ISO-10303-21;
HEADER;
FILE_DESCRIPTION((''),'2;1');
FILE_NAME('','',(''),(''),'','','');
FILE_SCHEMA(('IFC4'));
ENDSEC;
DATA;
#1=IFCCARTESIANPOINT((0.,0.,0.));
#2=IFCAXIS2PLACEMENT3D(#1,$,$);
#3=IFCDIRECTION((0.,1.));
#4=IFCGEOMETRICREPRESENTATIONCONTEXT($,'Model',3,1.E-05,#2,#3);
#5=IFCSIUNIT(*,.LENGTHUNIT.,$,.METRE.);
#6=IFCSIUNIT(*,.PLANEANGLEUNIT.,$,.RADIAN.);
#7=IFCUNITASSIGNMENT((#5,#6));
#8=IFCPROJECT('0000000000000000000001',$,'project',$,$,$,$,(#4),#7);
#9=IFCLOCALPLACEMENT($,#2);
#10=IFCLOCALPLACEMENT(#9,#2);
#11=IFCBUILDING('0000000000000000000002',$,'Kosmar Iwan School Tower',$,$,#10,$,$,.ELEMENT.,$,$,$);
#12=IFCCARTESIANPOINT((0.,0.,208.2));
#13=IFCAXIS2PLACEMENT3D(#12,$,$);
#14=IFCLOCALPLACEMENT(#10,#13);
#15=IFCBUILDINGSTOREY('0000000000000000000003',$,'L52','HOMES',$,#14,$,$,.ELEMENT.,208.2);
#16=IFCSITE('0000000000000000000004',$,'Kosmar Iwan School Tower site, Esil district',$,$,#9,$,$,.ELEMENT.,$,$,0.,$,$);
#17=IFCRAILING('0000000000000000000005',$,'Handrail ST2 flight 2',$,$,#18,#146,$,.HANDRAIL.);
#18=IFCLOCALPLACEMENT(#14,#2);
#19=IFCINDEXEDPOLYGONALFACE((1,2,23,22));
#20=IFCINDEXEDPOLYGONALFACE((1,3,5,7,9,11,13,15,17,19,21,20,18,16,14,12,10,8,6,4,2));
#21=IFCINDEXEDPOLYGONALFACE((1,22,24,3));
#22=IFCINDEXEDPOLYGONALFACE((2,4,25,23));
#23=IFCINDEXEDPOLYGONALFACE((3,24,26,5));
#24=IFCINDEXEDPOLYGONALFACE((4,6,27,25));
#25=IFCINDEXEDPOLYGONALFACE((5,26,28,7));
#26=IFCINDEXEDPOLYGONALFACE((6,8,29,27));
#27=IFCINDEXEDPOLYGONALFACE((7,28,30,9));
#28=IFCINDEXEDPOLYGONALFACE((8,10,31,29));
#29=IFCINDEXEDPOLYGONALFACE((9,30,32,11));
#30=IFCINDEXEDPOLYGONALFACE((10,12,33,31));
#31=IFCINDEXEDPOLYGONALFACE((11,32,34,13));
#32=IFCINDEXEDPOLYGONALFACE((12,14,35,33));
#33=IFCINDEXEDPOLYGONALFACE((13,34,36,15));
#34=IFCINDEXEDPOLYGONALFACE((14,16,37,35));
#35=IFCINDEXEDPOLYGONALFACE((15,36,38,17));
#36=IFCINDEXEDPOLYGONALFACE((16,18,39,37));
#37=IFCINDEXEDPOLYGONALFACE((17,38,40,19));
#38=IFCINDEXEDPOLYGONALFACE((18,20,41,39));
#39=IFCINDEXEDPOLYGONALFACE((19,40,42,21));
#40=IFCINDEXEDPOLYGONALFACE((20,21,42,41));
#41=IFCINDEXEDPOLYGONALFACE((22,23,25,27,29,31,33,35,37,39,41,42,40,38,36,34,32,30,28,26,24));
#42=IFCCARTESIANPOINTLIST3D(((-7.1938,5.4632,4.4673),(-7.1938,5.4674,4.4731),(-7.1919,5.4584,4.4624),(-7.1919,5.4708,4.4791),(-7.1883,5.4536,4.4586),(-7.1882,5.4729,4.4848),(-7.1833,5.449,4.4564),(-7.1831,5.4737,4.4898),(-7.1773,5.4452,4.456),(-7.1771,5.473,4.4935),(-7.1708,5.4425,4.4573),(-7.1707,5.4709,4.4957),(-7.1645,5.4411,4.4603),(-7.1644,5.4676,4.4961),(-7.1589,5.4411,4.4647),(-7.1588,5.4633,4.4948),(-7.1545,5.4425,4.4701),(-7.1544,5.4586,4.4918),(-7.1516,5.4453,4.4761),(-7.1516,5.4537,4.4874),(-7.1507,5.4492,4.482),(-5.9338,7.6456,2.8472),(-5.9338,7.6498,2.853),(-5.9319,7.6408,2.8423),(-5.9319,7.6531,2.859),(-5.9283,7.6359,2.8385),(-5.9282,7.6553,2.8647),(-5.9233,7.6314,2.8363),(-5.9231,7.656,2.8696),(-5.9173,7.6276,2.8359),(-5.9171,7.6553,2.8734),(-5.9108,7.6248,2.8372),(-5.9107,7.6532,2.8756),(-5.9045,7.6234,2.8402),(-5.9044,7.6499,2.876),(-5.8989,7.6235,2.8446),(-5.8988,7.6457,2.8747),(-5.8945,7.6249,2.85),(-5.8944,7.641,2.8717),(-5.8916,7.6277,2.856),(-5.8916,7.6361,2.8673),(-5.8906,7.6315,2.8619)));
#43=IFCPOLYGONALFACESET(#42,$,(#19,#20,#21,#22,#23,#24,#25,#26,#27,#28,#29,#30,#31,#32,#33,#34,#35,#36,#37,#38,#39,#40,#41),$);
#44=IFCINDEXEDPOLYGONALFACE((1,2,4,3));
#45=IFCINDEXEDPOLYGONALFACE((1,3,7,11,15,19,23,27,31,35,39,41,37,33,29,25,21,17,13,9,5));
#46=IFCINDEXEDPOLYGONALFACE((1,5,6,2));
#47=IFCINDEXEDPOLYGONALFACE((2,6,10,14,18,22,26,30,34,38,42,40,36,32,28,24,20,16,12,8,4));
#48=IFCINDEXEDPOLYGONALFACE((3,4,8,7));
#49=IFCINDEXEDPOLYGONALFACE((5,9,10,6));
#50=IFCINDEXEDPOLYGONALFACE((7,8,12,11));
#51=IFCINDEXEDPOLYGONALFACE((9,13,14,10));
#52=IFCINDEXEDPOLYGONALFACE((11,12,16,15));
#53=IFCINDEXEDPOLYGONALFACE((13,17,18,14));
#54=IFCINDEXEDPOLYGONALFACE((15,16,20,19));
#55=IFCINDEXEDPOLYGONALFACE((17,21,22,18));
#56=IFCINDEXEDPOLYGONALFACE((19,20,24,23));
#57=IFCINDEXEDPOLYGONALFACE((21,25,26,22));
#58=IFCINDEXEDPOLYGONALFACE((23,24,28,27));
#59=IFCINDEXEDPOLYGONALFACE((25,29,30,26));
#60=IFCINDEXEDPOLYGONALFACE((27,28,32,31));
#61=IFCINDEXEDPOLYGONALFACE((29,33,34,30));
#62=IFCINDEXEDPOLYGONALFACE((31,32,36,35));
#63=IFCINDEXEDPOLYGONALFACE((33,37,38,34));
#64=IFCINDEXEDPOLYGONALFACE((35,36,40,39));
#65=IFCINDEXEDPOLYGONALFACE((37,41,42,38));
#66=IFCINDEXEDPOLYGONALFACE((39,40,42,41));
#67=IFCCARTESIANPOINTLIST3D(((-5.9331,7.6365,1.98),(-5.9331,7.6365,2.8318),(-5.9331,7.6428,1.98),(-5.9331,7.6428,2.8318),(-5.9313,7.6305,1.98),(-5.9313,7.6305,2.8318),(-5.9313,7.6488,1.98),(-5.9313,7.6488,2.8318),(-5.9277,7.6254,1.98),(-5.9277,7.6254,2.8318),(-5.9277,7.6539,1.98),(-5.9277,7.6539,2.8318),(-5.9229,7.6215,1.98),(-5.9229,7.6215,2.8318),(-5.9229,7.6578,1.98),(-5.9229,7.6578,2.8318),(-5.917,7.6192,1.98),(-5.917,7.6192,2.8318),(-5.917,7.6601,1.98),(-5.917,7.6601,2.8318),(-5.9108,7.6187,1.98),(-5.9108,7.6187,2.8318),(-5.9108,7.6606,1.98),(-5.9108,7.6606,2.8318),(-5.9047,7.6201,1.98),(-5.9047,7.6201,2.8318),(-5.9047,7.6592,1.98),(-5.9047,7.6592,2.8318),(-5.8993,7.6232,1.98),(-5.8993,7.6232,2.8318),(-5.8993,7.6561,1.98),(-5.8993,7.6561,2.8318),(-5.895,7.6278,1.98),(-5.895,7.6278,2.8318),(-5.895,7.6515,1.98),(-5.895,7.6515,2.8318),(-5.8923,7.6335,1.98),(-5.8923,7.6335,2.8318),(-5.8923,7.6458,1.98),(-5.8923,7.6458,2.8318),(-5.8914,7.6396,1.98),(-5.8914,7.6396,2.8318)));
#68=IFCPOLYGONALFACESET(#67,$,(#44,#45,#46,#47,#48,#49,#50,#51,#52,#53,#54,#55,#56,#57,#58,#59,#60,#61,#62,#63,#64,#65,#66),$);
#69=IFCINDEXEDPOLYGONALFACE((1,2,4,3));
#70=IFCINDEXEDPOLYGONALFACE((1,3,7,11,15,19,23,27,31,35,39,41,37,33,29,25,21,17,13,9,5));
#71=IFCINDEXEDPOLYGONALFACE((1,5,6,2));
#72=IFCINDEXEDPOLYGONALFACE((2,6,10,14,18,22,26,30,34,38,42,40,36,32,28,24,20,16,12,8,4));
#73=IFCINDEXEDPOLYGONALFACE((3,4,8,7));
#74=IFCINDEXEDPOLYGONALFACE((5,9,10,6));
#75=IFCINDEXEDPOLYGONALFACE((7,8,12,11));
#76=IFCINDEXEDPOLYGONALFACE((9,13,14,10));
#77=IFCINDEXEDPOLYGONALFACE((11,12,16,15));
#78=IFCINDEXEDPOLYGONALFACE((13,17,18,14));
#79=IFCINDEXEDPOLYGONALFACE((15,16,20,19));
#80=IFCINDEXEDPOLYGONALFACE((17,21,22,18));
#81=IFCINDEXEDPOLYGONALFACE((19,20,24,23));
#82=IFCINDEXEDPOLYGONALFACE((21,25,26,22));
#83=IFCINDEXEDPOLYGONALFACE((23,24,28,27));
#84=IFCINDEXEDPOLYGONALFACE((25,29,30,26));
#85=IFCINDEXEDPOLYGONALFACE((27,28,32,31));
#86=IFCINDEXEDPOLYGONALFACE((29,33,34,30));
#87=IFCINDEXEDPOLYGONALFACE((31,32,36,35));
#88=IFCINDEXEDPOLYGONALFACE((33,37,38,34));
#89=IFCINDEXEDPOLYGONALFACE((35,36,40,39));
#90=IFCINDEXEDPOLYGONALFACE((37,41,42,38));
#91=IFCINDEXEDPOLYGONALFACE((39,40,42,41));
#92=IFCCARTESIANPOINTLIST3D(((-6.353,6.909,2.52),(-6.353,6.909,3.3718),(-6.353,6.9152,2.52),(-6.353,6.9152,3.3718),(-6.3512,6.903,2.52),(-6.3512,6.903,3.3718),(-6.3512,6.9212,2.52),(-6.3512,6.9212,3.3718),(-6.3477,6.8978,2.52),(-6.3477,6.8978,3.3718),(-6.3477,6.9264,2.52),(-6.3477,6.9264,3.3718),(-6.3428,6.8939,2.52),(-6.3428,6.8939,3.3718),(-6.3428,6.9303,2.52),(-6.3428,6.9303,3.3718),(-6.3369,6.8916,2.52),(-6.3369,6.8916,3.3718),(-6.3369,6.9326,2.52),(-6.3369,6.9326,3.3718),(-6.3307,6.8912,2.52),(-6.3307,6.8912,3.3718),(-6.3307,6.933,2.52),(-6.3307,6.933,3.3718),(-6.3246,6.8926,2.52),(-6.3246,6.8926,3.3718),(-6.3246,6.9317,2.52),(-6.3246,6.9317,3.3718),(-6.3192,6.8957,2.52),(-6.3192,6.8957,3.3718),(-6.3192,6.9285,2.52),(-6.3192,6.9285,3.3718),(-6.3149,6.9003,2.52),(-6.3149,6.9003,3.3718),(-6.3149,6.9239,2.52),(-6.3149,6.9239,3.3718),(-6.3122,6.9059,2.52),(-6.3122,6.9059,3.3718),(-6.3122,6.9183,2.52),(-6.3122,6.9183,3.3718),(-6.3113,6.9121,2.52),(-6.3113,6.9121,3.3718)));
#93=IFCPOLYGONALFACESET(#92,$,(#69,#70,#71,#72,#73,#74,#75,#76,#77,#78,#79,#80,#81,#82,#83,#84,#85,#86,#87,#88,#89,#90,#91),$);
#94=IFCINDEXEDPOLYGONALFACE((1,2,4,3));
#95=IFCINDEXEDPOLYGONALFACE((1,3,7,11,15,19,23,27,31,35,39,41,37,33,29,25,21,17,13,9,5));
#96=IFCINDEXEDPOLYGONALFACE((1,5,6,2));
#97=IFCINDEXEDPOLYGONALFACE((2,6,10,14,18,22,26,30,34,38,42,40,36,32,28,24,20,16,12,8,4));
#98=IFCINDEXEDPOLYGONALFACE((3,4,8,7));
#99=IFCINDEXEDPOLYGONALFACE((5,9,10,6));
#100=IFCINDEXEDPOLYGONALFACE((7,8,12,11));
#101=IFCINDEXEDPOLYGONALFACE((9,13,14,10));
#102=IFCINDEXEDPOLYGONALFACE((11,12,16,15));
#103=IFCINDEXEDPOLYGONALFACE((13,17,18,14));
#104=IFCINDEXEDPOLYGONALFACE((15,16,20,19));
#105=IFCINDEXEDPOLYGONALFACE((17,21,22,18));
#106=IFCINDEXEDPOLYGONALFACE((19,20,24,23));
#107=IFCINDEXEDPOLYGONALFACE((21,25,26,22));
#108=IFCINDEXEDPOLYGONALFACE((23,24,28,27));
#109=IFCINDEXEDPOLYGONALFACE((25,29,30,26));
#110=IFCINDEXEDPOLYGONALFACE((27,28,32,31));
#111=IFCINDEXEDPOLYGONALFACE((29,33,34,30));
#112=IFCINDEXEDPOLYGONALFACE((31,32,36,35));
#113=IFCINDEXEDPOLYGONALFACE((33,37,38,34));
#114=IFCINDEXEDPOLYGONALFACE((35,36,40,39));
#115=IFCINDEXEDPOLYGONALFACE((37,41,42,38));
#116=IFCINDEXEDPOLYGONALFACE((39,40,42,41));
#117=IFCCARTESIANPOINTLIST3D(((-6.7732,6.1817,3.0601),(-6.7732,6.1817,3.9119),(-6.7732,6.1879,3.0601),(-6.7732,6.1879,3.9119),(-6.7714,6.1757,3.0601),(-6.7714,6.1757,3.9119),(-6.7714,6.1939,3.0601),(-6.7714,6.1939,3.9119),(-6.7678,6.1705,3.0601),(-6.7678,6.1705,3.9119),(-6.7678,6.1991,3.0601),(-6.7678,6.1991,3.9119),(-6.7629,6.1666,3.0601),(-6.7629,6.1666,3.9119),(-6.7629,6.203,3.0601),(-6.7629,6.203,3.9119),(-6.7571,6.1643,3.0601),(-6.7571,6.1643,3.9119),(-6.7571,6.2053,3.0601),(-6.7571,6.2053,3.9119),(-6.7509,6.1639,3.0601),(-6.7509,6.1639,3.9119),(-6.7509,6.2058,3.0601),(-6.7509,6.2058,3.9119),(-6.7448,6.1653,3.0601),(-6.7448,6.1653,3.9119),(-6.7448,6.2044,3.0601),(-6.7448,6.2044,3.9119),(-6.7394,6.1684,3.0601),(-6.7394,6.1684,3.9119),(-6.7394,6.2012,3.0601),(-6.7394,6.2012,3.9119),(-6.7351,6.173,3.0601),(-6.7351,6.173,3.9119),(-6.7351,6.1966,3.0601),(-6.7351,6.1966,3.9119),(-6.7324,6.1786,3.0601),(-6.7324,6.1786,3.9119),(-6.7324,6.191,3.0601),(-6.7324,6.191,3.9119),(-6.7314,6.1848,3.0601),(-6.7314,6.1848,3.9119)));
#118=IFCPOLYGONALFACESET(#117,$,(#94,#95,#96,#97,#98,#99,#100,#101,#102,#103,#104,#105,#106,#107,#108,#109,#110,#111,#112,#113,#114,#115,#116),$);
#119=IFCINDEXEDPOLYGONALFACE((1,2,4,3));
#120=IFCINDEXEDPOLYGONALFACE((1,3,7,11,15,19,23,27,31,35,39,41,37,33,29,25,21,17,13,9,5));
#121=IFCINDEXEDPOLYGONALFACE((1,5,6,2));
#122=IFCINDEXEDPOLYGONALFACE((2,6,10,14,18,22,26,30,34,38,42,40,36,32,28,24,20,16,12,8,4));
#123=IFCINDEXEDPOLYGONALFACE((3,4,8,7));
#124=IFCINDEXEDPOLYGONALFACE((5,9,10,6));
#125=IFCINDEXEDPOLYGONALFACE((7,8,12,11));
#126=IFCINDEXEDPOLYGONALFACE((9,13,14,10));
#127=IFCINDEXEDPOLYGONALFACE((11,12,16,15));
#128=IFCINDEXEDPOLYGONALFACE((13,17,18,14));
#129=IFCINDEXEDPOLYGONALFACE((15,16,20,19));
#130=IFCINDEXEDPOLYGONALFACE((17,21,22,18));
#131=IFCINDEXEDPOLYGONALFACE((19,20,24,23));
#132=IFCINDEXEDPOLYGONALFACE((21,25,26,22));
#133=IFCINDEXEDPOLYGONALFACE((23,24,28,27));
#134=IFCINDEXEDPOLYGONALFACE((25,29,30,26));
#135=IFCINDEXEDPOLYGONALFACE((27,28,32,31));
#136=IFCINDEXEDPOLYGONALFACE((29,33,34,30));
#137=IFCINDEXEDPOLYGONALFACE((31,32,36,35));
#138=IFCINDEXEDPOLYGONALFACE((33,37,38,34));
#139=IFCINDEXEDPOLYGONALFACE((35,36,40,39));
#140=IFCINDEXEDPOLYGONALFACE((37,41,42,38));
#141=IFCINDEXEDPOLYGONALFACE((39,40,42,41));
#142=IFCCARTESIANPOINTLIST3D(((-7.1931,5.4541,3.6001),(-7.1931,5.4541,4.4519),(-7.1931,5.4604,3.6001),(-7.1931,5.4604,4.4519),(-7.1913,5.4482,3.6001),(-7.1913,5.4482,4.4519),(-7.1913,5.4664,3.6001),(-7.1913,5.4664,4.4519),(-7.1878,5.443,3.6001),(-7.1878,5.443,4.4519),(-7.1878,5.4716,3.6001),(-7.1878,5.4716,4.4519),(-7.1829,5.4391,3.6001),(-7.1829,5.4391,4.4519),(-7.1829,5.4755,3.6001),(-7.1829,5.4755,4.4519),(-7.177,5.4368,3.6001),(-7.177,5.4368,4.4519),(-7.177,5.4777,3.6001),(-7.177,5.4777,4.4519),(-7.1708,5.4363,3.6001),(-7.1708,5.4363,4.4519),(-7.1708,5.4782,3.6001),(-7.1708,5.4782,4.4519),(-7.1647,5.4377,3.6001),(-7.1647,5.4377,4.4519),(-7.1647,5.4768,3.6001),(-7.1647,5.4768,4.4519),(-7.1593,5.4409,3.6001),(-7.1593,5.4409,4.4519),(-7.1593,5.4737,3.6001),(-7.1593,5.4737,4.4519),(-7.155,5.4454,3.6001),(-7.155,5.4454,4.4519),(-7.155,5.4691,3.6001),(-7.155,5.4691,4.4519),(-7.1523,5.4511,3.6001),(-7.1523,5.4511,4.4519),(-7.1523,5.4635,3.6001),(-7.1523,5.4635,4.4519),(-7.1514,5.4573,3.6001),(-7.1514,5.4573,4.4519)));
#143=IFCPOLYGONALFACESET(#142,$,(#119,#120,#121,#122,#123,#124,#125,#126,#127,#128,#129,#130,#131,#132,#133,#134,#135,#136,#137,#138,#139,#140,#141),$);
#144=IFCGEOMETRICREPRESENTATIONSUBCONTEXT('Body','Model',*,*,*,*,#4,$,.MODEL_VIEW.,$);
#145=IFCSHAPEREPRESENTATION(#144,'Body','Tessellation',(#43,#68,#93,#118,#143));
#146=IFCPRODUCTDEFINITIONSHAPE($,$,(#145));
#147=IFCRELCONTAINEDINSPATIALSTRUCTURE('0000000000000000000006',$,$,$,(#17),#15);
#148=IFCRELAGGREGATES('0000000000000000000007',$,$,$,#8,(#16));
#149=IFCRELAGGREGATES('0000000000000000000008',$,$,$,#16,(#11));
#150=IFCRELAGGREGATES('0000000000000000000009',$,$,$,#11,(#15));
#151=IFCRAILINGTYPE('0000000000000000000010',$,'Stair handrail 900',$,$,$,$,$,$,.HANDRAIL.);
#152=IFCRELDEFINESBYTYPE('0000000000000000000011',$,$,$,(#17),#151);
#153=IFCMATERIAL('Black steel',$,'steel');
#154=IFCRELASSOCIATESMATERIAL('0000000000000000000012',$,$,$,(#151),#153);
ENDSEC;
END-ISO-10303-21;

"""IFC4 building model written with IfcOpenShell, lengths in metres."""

from ifc_helpers import new_model, si_unit, direction, frame, origin, origin_2d, place, context, subcontext, project, spatial, circle, extrude, material, type_object, element, save


model = new_model("IFC4")

# Units and contexts
model_context = context("Model", 3, precision=1e-05, world=origin(), true_north=direction((0.0, 1.0)))
body_context = subcontext(model_context, "Body", "Model", "MODEL_VIEW")
ifc_project = project(units=[si_unit("LENGTHUNIT", "METRE"), si_unit("PLANEANGLEUNIT", "RADIAN")], contexts=[model_context])

# Site, building, storey
site_placement = place(None, origin())
site = spatial("IfcSite", under=ifc_project, at=site_placement, Name="Kosmar Iwan School Tower site, Esil district", CompositionType="ELEMENT", RefElevation=0.0)
building_placement = place(site_placement, origin())
building = spatial("IfcBuilding", under=site, at=building_placement, Name="Kosmar Iwan School Tower", CompositionType="ELEMENT")
storey_placement = place(building_placement, frame((0.0, 0.0, 208.2)))
storey = spatial("IfcBuildingStorey", under=building, at=storey_placement, Name="L52", Description="HOMES", CompositionType="ELEMENT", Elevation=208.2)

# Railing
ifc_material_1 = material(Name="Black steel", Category="steel")
railing_type = type_object("IfcRailingType", Name="Stair handrail 900", PredefinedType="HANDRAIL", material=ifc_material_1)
railing_1_placement = place(storey_placement, frame((-5.9124, 7.6396, 1.98)))
element("IfcRailing", 1, at=railing_1_placement, inside=storey, type_object=railing_type, Name="Handrail ST2 flight 2", PredefinedType="HANDRAIL", context=body_context, shape_type="SweptSolid", body=[
    extrude(circle(Radius=0.0239, at=origin_2d()), frame((0.0, 0.0, 0.876), z_axis=(-0.420584, -0.728464, 0.540786), x_axis=(0.866023, -0.500005, 0.0)), (0.0, 0.0, 1.0), 2.9958),
    extrude(circle(Radius=0.021, at=origin_2d()), origin(), (0.0, 0.0, 1.0), 0.8518),
    extrude(circle(Radius=0.021, at=origin_2d()), frame((-0.4199, -0.7275, 0.54)), (0.0, 0.0, 1.0), 0.8518),
    extrude(circle(Radius=0.021, at=origin_2d()), frame((-0.8401, -1.4548, 1.0801)), (0.0, 0.0, 1.0), 0.8518),
    extrude(circle(Radius=0.021, at=origin_2d()), frame((-1.26, -2.1824, 1.6201)), (0.0, 0.0, 1.0), 0.8518),
])

save(model, "model.ifc")
